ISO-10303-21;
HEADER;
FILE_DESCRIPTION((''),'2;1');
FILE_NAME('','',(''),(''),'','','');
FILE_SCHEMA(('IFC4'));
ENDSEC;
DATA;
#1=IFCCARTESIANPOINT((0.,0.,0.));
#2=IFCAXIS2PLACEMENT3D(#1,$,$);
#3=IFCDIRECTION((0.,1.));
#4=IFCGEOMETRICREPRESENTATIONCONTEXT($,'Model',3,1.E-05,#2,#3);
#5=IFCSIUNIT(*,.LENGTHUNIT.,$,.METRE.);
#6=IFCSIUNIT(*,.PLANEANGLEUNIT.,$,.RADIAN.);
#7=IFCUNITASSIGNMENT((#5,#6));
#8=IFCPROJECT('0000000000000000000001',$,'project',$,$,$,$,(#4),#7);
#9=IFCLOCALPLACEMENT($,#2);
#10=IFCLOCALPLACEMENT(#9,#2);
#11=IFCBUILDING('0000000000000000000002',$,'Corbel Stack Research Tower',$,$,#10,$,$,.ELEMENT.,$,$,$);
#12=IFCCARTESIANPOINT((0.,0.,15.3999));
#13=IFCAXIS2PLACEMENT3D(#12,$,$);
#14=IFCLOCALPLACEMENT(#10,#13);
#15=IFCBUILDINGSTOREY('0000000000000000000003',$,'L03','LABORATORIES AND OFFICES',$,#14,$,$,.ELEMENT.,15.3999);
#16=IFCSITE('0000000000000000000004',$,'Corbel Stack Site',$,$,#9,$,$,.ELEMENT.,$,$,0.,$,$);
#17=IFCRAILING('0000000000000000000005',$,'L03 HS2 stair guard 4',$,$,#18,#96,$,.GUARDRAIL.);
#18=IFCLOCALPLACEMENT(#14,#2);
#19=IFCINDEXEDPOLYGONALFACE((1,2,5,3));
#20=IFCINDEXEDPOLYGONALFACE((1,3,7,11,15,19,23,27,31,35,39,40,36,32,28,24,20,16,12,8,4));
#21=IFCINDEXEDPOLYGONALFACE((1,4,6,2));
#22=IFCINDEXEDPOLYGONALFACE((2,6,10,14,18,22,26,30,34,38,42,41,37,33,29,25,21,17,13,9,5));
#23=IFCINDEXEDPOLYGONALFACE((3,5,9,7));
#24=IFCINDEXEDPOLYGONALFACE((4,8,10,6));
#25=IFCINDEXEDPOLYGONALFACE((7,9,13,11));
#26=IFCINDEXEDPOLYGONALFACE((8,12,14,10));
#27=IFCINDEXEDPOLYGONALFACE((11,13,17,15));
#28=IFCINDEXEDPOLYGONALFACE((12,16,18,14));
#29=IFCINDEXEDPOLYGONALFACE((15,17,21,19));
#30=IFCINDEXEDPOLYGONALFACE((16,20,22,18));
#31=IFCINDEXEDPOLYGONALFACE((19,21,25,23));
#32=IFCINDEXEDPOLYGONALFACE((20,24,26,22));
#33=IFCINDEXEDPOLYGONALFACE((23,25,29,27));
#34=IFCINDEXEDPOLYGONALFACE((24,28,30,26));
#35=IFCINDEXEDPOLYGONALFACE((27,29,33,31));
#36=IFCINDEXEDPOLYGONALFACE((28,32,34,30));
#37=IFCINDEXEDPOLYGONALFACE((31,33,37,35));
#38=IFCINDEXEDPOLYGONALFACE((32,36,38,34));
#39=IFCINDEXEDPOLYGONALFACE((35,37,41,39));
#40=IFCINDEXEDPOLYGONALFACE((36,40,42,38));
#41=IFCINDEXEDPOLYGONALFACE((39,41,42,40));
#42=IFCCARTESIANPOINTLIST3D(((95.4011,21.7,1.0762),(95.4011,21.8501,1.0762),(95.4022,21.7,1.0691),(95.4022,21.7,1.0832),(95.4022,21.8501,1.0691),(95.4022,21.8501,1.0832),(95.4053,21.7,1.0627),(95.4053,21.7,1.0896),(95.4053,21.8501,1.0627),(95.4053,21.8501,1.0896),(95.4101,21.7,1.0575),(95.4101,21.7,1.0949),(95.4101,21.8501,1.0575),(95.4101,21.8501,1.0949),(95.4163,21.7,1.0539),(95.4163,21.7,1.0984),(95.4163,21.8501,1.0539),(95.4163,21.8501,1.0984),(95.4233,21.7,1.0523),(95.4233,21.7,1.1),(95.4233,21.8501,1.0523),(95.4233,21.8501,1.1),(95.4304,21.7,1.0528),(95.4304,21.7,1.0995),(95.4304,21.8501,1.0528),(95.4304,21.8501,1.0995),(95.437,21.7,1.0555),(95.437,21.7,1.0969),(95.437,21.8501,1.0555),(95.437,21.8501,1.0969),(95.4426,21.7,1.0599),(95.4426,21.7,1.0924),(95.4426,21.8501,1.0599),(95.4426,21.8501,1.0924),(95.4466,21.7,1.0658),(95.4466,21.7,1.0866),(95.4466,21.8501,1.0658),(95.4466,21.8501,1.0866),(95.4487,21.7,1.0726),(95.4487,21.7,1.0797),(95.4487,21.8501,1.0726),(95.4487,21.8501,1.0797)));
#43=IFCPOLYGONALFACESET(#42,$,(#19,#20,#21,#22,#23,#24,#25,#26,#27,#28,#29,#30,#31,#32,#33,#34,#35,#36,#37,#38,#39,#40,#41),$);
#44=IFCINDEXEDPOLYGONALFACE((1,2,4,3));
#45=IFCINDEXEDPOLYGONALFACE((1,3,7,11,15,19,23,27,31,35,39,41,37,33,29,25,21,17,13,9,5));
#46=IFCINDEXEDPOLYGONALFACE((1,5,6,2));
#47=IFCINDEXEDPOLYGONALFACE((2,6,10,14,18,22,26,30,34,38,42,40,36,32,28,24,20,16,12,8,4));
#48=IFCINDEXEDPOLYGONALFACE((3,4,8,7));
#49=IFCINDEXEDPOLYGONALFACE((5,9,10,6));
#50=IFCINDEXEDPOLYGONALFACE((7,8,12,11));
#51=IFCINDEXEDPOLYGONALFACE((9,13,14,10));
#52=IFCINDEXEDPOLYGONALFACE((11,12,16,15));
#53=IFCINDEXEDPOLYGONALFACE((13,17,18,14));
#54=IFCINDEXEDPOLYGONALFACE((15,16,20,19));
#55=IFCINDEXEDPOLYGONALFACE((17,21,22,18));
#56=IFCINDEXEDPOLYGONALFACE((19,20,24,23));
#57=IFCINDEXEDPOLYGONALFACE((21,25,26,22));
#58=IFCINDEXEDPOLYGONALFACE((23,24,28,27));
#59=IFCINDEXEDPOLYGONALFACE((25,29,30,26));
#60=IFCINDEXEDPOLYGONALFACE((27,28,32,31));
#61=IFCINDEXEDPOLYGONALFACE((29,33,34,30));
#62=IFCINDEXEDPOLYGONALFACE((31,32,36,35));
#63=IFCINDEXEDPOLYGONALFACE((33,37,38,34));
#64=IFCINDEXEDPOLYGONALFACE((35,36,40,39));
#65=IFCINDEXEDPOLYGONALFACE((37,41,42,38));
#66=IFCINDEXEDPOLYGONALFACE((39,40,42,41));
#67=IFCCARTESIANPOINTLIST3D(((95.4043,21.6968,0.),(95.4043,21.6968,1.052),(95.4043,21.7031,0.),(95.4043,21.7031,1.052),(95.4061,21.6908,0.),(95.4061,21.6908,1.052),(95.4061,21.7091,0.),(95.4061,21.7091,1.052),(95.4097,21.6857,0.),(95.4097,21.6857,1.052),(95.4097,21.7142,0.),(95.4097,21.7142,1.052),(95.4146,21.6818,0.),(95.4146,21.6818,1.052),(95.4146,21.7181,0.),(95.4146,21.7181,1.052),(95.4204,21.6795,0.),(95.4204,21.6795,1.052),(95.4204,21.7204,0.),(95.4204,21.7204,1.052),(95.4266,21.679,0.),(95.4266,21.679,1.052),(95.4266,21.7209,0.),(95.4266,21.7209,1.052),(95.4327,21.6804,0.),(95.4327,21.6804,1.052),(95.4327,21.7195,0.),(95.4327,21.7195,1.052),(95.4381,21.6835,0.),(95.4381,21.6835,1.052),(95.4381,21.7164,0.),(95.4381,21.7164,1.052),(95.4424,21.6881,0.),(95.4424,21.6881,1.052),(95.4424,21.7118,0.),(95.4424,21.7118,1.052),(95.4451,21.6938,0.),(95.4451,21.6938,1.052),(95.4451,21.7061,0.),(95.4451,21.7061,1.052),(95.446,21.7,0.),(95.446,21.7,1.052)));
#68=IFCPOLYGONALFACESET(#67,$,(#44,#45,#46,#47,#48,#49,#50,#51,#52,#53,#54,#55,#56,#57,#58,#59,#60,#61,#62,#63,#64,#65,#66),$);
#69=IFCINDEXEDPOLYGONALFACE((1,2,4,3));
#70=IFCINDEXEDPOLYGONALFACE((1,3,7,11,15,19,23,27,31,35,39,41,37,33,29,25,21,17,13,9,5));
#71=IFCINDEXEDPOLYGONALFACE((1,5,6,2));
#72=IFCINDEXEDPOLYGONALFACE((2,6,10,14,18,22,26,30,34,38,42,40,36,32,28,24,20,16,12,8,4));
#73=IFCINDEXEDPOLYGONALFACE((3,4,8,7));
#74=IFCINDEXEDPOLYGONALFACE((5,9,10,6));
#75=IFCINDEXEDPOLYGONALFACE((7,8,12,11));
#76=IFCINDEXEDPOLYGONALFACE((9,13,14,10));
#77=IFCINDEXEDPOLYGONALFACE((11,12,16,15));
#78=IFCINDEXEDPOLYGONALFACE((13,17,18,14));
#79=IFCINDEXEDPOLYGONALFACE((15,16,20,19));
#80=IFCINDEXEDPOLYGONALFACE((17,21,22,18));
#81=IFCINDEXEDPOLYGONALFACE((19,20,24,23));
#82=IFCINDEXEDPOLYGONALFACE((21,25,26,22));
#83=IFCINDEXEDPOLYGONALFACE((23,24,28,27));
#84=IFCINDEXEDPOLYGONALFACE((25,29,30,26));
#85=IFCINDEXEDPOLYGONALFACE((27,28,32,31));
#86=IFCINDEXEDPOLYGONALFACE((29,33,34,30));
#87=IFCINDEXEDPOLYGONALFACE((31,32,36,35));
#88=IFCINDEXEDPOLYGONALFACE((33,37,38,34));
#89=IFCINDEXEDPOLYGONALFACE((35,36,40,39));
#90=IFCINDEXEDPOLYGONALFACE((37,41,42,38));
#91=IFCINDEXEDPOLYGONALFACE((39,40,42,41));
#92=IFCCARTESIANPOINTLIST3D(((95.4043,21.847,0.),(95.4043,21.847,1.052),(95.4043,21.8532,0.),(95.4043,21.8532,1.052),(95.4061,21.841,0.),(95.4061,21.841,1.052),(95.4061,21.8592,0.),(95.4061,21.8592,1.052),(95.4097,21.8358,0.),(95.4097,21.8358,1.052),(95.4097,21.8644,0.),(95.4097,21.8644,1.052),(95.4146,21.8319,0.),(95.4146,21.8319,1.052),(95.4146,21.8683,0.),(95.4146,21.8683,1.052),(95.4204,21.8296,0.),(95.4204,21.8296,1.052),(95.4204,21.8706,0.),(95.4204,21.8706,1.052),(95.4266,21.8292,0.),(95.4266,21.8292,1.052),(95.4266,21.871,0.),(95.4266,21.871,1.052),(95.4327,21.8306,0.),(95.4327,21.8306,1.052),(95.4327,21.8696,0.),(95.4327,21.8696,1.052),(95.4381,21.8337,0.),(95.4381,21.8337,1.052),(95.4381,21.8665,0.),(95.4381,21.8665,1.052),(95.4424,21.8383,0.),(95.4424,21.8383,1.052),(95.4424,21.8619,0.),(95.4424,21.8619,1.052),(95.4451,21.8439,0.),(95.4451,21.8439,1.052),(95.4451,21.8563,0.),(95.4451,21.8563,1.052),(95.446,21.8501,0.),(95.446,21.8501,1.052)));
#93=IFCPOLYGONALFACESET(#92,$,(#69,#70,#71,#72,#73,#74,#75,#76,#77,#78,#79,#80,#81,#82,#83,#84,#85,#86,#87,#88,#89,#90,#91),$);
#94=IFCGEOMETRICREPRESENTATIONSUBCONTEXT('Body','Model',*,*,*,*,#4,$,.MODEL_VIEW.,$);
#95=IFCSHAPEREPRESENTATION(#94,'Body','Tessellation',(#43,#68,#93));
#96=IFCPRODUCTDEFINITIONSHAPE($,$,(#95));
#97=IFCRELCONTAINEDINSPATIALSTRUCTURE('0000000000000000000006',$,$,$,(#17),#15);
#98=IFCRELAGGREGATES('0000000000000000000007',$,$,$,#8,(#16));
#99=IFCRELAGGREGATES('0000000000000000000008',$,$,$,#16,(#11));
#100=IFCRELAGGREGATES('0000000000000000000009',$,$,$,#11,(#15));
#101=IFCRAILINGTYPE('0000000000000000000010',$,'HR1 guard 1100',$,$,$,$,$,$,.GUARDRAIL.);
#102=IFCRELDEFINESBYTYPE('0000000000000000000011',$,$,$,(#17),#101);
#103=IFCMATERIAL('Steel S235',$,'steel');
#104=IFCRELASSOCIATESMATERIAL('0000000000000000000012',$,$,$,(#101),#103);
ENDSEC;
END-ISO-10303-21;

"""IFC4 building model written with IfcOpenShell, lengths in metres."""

from ifc_helpers import new_model, si_unit, direction, frame, origin, origin_2d, place, context, subcontext, project, spatial, circle, extrude, material, type_object, element, save


model = new_model("IFC4")

# Units and contexts
model_context = context("Model", 3, precision=1e-05, world=origin(), true_north=direction((0.0, 1.0)))
body_context = subcontext(model_context, "Body", "Model", "MODEL_VIEW")
ifc_project = project(units=[si_unit("LENGTHUNIT", "METRE"), si_unit("PLANEANGLEUNIT", "RADIAN")], contexts=[model_context])

# Site, building, storey
site_placement = place(None, origin())
site = spatial("IfcSite", under=ifc_project, at=site_placement, Name="Corbel Stack Site", CompositionType="ELEMENT", RefElevation=0.0)
building_placement = place(site_placement, origin())
building = spatial("IfcBuilding", under=site, at=building_placement, Name="Corbel Stack Research Tower", CompositionType="ELEMENT")
storey_placement = place(building_placement, frame((0.0, 0.0, 15.3999)))
storey = spatial("IfcBuildingStorey", under=building, at=storey_placement, Name="L03", Description="LABORATORIES AND OFFICES", CompositionType="ELEMENT", Elevation=15.3999)

# Railing
ifc_material_1 = material(Name="Steel S235", Category="steel")
railing_type_1 = type_object("IfcRailingType", Name="HR1 guard 1100", PredefinedType="GUARDRAIL", material=ifc_material_1)
railing_1_placement = place(storey_placement, frame((95.425, 21.7, 0.0)))
element("IfcRailing", 1, at=railing_1_placement, inside=storey, type_object=railing_type_1, Name="L03 HS2 stair guard 4", PredefinedType="GUARDRAIL", context=body_context, shape_type="SweptSolid", body=[
    extrude(circle(Radius=0.0239, at=origin_2d()), frame((0.0, 0.0, 1.0762), z_axis=(0.0, 1.0, 0.0), x_axis=(-1.0, 0.0, 0.0)), (0.0, 0.0, 1.0), 0.1501),
    extrude(circle(Radius=0.021, at=origin_2d()), origin(), (0.0, 0.0, 1.0), 1.052),
    extrude(circle(Radius=0.021, at=origin_2d()), frame((0.0, 0.1501, 0.0)), (0.0, 0.0, 1.0), 1.052),
])

save(model, "model.ifc")
